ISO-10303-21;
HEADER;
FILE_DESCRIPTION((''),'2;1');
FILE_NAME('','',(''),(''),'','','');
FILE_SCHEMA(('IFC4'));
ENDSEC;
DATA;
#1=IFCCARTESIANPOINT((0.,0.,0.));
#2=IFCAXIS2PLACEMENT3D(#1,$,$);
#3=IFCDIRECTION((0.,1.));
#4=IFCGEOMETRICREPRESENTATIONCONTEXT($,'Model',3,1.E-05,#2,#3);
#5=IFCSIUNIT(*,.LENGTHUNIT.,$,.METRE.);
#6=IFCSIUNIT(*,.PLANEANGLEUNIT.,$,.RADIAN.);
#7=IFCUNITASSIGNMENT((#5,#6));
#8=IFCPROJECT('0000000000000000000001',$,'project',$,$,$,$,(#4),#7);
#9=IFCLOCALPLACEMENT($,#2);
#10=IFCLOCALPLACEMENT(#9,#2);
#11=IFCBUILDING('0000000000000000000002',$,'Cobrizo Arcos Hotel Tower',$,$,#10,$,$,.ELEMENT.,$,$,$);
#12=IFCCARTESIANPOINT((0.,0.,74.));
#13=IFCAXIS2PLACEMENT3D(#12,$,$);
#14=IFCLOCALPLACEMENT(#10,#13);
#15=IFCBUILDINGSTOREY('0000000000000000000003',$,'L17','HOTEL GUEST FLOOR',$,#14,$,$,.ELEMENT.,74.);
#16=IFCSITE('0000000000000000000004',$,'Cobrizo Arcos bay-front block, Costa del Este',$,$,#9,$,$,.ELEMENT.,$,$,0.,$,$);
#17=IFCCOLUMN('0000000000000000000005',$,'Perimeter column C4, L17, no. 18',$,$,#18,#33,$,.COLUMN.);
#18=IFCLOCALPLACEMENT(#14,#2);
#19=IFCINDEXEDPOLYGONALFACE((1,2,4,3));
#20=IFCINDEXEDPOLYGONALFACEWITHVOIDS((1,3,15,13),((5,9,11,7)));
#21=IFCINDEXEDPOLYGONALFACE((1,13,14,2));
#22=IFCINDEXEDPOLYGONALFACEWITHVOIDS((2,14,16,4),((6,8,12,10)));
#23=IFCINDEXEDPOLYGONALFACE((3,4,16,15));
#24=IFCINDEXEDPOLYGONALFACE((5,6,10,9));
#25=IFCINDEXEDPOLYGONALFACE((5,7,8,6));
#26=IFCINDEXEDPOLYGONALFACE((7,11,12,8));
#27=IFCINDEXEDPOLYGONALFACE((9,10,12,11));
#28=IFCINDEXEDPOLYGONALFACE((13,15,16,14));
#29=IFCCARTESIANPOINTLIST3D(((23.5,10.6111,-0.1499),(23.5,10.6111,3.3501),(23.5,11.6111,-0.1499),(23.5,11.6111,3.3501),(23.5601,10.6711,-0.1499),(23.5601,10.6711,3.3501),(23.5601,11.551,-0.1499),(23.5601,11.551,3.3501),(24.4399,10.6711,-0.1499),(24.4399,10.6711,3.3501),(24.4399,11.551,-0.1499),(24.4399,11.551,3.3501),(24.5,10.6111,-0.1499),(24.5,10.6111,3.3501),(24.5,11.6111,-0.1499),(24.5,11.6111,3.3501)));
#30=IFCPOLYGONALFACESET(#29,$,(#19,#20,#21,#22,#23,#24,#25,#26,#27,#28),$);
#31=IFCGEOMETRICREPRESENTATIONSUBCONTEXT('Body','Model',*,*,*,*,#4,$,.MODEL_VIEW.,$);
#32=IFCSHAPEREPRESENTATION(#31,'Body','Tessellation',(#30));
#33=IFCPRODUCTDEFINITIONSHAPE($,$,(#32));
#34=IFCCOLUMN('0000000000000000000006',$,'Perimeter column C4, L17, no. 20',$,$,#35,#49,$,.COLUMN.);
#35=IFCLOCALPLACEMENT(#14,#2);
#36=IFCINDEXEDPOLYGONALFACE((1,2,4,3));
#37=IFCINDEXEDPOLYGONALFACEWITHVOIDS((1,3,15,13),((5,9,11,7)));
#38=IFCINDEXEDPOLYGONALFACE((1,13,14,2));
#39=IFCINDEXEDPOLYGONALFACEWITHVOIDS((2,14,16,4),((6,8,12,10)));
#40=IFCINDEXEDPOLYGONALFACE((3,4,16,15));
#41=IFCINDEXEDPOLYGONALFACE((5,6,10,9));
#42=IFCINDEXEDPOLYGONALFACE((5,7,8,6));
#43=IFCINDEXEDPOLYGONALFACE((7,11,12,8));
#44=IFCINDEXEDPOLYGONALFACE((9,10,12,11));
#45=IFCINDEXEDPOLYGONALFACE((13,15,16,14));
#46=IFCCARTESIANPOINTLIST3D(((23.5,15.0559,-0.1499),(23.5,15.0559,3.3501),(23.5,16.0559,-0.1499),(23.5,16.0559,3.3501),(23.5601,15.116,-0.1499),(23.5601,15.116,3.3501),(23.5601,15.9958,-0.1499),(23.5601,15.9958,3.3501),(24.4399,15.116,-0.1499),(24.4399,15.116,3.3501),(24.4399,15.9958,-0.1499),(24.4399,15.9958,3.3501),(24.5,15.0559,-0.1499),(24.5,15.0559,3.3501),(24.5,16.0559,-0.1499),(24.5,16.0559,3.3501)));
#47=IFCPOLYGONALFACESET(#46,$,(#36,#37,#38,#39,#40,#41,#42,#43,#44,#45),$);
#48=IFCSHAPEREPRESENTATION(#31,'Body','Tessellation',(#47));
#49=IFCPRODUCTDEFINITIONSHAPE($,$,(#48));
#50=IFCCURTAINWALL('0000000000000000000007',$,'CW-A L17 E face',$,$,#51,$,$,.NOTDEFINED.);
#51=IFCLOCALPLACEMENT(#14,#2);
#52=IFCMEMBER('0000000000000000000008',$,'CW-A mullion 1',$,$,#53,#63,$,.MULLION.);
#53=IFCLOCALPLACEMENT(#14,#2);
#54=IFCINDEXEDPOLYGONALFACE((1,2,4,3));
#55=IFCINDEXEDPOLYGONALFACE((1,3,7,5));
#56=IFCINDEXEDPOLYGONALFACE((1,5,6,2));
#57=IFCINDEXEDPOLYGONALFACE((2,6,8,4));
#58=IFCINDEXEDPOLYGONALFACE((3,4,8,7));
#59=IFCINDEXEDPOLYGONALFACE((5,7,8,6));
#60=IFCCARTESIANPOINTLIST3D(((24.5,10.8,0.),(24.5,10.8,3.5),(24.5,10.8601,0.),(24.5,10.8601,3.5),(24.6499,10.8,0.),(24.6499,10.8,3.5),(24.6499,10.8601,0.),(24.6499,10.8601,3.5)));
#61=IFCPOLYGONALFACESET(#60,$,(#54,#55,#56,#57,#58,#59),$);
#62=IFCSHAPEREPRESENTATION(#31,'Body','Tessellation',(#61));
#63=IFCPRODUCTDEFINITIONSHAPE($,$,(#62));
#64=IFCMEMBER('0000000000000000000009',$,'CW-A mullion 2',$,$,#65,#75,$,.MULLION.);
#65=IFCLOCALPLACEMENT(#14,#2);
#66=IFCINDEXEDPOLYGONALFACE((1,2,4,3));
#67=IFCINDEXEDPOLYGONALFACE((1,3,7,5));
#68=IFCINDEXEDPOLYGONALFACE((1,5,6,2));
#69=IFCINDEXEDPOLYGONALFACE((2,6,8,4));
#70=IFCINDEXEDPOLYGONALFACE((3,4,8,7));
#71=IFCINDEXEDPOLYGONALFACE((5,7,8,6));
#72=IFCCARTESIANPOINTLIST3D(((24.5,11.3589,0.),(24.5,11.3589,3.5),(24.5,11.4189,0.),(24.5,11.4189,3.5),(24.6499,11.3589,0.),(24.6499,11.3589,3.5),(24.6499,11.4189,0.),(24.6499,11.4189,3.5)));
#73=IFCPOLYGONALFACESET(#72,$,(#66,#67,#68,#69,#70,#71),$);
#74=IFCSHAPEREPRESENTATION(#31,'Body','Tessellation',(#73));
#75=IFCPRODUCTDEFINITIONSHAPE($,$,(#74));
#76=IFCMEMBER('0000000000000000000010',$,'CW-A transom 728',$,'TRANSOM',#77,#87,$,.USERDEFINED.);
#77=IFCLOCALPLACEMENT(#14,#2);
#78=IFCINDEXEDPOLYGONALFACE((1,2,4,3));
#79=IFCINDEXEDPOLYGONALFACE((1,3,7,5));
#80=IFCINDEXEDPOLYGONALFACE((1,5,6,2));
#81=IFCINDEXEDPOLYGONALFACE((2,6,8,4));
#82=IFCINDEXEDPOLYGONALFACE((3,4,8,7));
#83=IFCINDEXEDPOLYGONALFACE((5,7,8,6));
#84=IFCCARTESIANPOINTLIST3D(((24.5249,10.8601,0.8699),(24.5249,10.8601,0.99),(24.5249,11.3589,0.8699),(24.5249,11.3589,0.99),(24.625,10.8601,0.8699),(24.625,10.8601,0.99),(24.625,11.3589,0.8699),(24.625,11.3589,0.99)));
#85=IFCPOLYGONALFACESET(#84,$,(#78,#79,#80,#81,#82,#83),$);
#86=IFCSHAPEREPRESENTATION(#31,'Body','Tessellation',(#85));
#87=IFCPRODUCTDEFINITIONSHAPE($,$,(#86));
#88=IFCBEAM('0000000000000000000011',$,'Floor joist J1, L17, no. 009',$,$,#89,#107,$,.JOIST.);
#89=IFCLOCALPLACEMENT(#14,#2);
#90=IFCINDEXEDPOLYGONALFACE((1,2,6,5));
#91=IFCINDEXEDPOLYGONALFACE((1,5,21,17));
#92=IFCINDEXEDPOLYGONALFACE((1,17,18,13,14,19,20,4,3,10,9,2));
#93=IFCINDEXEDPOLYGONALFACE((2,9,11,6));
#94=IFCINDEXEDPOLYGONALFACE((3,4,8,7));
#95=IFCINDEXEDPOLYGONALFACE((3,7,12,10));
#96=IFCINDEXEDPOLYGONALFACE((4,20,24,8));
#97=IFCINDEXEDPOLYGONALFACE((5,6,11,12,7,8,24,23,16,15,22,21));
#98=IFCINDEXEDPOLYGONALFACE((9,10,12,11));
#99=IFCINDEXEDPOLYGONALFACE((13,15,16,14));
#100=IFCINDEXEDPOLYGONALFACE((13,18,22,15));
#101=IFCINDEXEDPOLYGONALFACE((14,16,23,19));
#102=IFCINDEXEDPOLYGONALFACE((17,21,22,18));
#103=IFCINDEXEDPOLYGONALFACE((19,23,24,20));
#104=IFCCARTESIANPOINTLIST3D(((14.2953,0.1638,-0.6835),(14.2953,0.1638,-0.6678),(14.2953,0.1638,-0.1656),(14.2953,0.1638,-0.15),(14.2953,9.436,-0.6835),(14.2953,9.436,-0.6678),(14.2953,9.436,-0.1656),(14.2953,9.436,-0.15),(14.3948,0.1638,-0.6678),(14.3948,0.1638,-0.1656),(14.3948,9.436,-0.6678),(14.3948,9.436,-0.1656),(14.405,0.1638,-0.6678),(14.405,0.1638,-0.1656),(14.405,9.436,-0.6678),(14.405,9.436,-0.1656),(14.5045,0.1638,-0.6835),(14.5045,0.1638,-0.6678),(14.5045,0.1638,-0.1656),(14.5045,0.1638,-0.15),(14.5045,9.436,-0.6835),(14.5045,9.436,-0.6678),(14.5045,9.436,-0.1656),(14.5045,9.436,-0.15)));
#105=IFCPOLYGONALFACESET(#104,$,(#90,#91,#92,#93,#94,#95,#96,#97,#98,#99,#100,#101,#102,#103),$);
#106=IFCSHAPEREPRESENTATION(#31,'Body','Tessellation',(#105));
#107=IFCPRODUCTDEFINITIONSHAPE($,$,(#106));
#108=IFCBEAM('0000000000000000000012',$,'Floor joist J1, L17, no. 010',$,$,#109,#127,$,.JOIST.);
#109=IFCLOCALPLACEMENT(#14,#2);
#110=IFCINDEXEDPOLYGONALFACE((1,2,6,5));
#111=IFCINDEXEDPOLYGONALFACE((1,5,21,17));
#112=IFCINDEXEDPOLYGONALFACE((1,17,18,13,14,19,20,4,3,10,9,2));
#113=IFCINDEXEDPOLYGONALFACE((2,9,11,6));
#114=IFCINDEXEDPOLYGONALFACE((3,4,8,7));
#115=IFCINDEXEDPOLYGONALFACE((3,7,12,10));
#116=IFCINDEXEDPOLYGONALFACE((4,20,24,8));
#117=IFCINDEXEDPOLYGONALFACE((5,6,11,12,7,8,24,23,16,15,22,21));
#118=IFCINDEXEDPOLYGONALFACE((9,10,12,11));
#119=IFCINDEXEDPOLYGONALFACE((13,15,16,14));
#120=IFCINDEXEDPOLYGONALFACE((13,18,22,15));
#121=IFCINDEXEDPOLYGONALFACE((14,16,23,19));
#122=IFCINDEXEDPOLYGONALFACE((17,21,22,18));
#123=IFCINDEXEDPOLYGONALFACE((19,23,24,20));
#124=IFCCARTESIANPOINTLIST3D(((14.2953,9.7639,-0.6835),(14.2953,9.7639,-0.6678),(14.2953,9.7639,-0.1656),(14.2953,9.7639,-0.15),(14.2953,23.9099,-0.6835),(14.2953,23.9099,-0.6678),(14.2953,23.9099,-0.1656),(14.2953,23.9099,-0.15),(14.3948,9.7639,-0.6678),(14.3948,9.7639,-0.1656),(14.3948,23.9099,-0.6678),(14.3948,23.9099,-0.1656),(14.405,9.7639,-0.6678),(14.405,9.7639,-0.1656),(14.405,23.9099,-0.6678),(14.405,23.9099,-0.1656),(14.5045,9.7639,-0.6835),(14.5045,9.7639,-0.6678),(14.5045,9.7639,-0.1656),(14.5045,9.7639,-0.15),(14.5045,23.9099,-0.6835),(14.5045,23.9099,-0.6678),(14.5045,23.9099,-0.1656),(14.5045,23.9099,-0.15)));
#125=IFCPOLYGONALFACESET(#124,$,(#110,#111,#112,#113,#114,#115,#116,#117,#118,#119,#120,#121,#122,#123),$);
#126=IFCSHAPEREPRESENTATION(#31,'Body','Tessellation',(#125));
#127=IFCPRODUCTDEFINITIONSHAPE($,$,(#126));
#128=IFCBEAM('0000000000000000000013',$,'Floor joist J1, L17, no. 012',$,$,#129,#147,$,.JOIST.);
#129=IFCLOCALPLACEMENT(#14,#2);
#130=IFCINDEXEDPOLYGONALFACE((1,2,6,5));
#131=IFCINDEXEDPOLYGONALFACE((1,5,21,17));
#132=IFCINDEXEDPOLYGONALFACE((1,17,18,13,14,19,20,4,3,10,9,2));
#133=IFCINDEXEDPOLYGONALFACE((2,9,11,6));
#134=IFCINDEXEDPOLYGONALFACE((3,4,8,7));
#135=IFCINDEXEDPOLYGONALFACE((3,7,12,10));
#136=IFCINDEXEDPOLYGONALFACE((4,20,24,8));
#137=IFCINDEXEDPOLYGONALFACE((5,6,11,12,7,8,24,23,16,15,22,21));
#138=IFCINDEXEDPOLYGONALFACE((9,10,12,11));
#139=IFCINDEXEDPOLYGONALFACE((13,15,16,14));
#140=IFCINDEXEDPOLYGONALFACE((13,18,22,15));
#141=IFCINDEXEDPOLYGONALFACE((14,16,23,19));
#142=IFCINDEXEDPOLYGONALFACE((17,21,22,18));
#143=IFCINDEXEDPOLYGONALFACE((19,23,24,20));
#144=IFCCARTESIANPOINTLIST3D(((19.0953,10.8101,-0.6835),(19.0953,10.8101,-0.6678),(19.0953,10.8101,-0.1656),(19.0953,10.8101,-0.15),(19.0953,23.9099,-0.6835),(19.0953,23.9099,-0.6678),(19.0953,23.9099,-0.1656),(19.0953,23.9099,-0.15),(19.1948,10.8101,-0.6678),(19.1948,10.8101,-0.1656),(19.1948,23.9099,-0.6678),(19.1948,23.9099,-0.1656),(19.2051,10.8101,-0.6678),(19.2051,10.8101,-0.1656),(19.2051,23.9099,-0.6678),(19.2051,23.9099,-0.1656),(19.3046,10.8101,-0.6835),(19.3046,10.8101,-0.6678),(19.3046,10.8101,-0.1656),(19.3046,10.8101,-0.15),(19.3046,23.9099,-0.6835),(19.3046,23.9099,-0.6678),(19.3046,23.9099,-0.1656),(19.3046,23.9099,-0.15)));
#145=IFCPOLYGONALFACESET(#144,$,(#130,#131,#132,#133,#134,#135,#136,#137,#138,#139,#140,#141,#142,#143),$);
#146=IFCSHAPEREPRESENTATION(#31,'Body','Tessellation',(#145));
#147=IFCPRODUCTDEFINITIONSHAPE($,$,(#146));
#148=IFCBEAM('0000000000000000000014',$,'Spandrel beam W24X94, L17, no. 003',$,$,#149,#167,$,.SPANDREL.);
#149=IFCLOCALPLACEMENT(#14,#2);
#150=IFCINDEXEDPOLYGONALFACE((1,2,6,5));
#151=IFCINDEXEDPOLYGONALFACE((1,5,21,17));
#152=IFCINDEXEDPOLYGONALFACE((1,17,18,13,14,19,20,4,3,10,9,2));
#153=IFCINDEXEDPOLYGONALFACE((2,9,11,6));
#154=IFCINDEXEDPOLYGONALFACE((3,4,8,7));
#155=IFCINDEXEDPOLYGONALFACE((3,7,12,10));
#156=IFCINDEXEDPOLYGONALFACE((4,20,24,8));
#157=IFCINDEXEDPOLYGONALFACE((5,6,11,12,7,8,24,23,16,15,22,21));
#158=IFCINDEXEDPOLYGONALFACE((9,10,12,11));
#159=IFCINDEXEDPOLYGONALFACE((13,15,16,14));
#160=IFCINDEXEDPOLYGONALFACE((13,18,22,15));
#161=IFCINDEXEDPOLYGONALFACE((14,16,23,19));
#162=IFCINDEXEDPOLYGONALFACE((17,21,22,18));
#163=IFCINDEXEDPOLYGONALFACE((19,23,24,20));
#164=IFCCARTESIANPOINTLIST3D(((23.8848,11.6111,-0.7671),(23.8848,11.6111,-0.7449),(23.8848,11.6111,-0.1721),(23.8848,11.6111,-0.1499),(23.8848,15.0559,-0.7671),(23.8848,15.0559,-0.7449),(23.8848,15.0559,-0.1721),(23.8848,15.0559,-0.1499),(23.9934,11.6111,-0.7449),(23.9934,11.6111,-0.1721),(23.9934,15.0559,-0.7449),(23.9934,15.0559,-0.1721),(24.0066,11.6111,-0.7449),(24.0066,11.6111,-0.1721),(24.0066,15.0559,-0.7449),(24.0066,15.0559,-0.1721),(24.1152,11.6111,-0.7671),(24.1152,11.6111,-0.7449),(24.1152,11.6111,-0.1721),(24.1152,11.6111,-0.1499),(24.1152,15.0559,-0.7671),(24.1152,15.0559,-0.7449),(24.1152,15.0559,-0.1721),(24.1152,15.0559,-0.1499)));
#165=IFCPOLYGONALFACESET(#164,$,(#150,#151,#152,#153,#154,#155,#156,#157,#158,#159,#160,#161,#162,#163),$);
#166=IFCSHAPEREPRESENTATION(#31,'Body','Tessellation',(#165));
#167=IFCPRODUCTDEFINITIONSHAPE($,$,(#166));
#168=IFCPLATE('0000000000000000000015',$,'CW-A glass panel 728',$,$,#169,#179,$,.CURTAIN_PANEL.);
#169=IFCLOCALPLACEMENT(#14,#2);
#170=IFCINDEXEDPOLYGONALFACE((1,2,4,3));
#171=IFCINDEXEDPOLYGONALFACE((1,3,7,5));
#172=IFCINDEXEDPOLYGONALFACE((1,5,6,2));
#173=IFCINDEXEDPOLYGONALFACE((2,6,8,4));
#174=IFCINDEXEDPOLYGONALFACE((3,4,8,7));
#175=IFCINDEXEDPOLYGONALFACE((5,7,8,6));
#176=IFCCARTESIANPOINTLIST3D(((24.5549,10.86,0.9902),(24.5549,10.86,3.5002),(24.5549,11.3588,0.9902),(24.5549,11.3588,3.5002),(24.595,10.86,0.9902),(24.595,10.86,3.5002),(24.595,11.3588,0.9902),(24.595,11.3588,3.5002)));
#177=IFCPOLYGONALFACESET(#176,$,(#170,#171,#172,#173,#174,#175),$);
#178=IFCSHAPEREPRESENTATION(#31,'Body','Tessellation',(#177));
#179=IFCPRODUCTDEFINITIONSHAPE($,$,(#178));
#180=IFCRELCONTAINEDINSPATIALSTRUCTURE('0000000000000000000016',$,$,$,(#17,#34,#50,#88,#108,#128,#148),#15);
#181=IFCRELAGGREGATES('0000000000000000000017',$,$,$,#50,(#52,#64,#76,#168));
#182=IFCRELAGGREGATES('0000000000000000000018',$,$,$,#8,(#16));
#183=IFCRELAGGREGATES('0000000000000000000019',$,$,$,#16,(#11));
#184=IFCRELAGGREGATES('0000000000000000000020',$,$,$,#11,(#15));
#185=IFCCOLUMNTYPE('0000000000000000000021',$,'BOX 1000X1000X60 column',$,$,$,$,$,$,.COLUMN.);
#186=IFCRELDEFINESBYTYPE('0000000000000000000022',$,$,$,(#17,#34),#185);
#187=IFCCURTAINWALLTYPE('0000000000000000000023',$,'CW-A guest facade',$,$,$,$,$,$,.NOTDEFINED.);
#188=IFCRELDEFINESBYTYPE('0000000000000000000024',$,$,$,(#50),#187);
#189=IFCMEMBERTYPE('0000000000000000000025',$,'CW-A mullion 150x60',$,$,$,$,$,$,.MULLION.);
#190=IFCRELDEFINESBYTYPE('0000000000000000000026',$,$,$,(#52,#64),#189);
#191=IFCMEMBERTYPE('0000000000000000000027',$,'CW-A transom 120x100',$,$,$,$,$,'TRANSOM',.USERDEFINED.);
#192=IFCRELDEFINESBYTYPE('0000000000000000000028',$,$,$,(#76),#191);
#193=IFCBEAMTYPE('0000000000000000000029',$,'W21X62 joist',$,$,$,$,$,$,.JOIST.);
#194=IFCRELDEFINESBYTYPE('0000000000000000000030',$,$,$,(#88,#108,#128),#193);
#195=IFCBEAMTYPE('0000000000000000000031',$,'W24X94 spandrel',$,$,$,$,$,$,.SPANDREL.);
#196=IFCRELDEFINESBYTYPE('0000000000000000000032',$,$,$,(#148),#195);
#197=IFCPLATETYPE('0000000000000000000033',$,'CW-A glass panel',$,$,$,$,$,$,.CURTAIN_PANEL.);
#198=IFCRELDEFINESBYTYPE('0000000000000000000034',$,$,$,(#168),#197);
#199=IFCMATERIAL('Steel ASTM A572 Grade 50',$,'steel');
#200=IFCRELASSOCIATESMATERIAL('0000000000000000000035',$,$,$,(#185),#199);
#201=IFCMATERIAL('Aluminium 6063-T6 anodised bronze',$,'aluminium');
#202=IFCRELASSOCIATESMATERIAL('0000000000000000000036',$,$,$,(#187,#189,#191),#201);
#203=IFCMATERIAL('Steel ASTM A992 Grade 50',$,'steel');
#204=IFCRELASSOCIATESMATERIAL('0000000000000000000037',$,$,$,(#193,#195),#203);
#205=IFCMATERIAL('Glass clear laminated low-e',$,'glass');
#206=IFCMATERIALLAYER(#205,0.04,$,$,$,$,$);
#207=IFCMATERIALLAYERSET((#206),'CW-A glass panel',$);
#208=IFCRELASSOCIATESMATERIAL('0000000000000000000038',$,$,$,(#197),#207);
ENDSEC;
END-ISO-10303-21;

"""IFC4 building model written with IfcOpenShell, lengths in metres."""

from ifc_helpers import new_model, si_unit, direction, frame, origin, origin_2d, place, context, subcontext, project, spatial, rectangle, hollow_rectangle, i_section, extrude, material, layer, layer_set, material_profile, profile_set, type_object, element, aggregate, save


model = new_model("IFC4")

# Units and contexts
model_context = context("Model", 3, precision=1e-05, world=origin(), true_north=direction((0.0, 1.0)))
body_context = subcontext(model_context, "Body", "Model", "MODEL_VIEW")
ifc_project = project(units=[si_unit("LENGTHUNIT", "METRE"), si_unit("PLANEANGLEUNIT", "RADIAN")], contexts=[model_context])

# Site, building, storey
site_placement = place(None, origin())
site = spatial("IfcSite", under=ifc_project, at=site_placement, Name="Cobrizo Arcos bay-front block, Costa del Este", CompositionType="ELEMENT", RefElevation=0.0)
building_placement = place(site_placement, origin())
building = spatial("IfcBuilding", under=site, at=building_placement, Name="Cobrizo Arcos Hotel Tower", CompositionType="ELEMENT")
storey_placement = place(building_placement, frame((0.0, 0.0, 74.0)))
storey = spatial("IfcBuildingStorey", under=building, at=storey_placement, Name="L17", Description="HOTEL GUEST FLOOR", CompositionType="ELEMENT", Elevation=74.0)

# Columns
ifc_material_1 = material(Name="Steel ASTM A572 Grade 50", Category="steel")
ifc_material_profile_1 = material_profile(ifc_material_1, hollow_rectangle(XDim=1.0, YDim=1.0, WallThickness=0.0601, at=origin_2d()), Name="BOX 1000X1000X60")
ifc_profile_set_1 = profile_set([ifc_material_profile_1], Name="Steel ASTM A572 Grade 50")
column_type = type_object("IfcColumnType", Name="BOX 1000X1000X60 column", PredefinedType="COLUMN", material=ifc_profile_set_1)
for number, where, z_axis, x_axis, name in (
    (1, (24.0, 11.1111, -0.1499), (0.0, 0.0, 1.0), (1.0, 0.0, 0.0), "Perimeter column C4, L17, no. 18"),
    (2, (24.0, 15.5559, -0.1499), (0.0, 0.0, 1.0), (1.0, 0.0, 0.0), "Perimeter column C4, L17, no. 20"),
):
    element("IfcColumn", number, at=place(storey_placement, frame(where, z_axis=z_axis, x_axis=x_axis)), inside=storey, type_object=column_type, Name=name, PredefinedType="COLUMN", context=body_context, shape_type="SweptSolid", body=[
        extrude(hollow_rectangle(XDim=1.0, YDim=1.0, WallThickness=0.0601, at=origin_2d()), origin(), (0.0, 0.0, 1.0), 3.5),
    ])

# Curtain wall, members
ifc_material_2 = material(Name="Aluminium 6063-T6 anodised bronze", Category="aluminium")
curtain_wall_type = type_object("IfcCurtainWallType", Name="CW-A guest facade", PredefinedType="NOTDEFINED", material=ifc_material_2)
curtain_wall_placement = place(storey_placement, origin())
curtain_wall = element("IfcCurtainWall", 3, at=curtain_wall_placement, inside=storey, type_object=curtain_wall_type, Name="CW-A L17 E face", PredefinedType="NOTDEFINED")
ifc_material_profile_2 = material_profile(ifc_material_2, rectangle(XDim=0.1499, YDim=0.0601, at=origin_2d()), Name="CW-A mullion 150x60")
ifc_profile_set_2 = profile_set([ifc_material_profile_2], Name="Aluminium 6063-T6 anodised bronze")
member_type_1 = type_object("IfcMemberType", Name="CW-A mullion 150x60", PredefinedType="MULLION", material=ifc_profile_set_2)
member_1_placement = place(storey_placement, frame((24.575, 10.8301, 0.0), z_axis=(0.0, 0.0, 1.0), x_axis=(1.0, 0.0, 0.0)))
member_1 = element("IfcMember", 4, at=member_1_placement, type_object=member_type_1, Name="CW-A mullion 1", PredefinedType="MULLION", context=body_context, shape_type="SweptSolid", body=[
    extrude(rectangle(XDim=0.1499, YDim=0.0601, at=origin_2d()), origin(), (0.0, 0.0, 1.0), 3.5),
])
member_2_placement = place(storey_placement, frame((24.575, 11.3889, 0.0), z_axis=(0.0, 0.0, 1.0), x_axis=(1.0, 0.0, 0.0)))
member_2 = element("IfcMember", 5, at=member_2_placement, type_object=member_type_1, Name="CW-A mullion 2", PredefinedType="MULLION", context=body_context, shape_type="SweptSolid", body=[
    extrude(rectangle(XDim=0.1499, YDim=0.0601, at=origin_2d()), origin(), (0.0, 0.0, 1.0), 3.5),
])
ifc_material_profile_3 = material_profile(ifc_material_2, rectangle(XDim=0.1001, YDim=0.1201, at=origin_2d()), Name="CW-A transom 120x100")
ifc_profile_set_3 = profile_set([ifc_material_profile_3], Name="Aluminium 6063-T6 anodised bronze")
member_type_2 = type_object("IfcMemberType", Name="CW-A transom 120x100", ElementType="TRANSOM", PredefinedType="USERDEFINED", material=ifc_profile_set_3)
member_3_placement = place(storey_placement, frame((24.575, 10.8601, 0.9299), z_axis=(0.0, 1.0, 0.0), x_axis=(-1.0, 0.0, 0.0)))
member_3 = element("IfcMember", 6, at=member_3_placement, type_object=member_type_2, Name="CW-A transom 728", ObjectType="TRANSOM", PredefinedType="USERDEFINED", context=body_context, shape_type="SweptSolid", body=[
    extrude(rectangle(XDim=0.1001, YDim=0.1201, at=origin_2d()), origin(), (0.0, 0.0, 1.0), 0.4988),
])

# Beams
ifc_material_3 = material(Name="Steel ASTM A992 Grade 50", Category="steel")
ifc_material_profile_4 = material_profile(ifc_material_3, i_section(OverallWidth=0.2092, OverallDepth=0.5334, WebThickness=0.0103, FlangeThickness=0.0156, at=origin_2d()), Name="W21X62")
ifc_profile_set_4 = profile_set([ifc_material_profile_4], Name="Steel ASTM A992 Grade 50")
beam_type_1 = type_object("IfcBeamType", Name="W21X62 joist", PredefinedType="JOIST", material=ifc_profile_set_4)
beam_1_placement = place(storey_placement, frame((14.3999, 0.1638, -0.4167), z_axis=(0.0, 1.0, 0.0), x_axis=(-1.0, 0.0, 0.0)))
element("IfcBeam", 7, at=beam_1_placement, inside=storey, type_object=beam_type_1, Name="Floor joist J1, L17, no. 009", PredefinedType="JOIST", context=body_context, shape_type="SweptSolid", body=[
    extrude(i_section(OverallWidth=0.2092, OverallDepth=0.5334, WebThickness=0.0103, FlangeThickness=0.0156, at=origin_2d()), origin(), (0.0, 0.0, 1.0), 9.2722),
])
beam_2_placement = place(storey_placement, frame((14.3999, 9.7639, -0.4167), z_axis=(0.0, 1.0, 0.0), x_axis=(-1.0, 0.0, 0.0)))
element("IfcBeam", 8, at=beam_2_placement, inside=storey, type_object=beam_type_1, Name="Floor joist J1, L17, no. 010", PredefinedType="JOIST", context=body_context, shape_type="SweptSolid", body=[
    extrude(i_section(OverallWidth=0.2092, OverallDepth=0.5334, WebThickness=0.0103, FlangeThickness=0.0156, at=origin_2d()), origin(), (0.0, 0.0, 1.0), 14.146),
])
beam_3_placement = place(storey_placement, frame((19.2, 10.8101, -0.4167), z_axis=(0.0, 1.0, 0.0), x_axis=(-1.0, 0.0, 0.0)))
element("IfcBeam", 9, at=beam_3_placement, inside=storey, type_object=beam_type_1, Name="Floor joist J1, L17, no. 012", PredefinedType="JOIST", context=body_context, shape_type="SweptSolid", body=[
    extrude(i_section(OverallWidth=0.2092, OverallDepth=0.5334, WebThickness=0.0103, FlangeThickness=0.0156, at=origin_2d()), origin(), (0.0, 0.0, 1.0), 13.0999),
])
ifc_material_profile_5 = material_profile(ifc_material_3, i_section(OverallWidth=0.2305, OverallDepth=0.6172, WebThickness=0.0132, FlangeThickness=0.0222, at=origin_2d()), Name="W24X94")
ifc_profile_set_5 = profile_set([ifc_material_profile_5], Name="Steel ASTM A992 Grade 50")
beam_type_2 = type_object("IfcBeamType", Name="W24X94 spandrel", PredefinedType="SPANDREL", material=ifc_profile_set_5)
beam_4_placement = place(storey_placement, frame((24.0, 15.0559, -0.4585), z_axis=(0.0, -1.0, 0.0), x_axis=(1.0, 0.0, 0.0)))
element("IfcBeam", 10, at=beam_4_placement, inside=storey, type_object=beam_type_2, Name="Spandrel beam W24X94, L17, no. 003", PredefinedType="SPANDREL", context=body_context, shape_type="SweptSolid", body=[
    extrude(i_section(OverallWidth=0.2305, OverallDepth=0.6172, WebThickness=0.0132, FlangeThickness=0.0222, at=origin_2d()), origin(), (0.0, 0.0, 1.0), 3.4448),
])

# Plate
ifc_material_4 = material(Name="Glass clear laminated low-e", Category="glass")
ifc_layer_1 = layer(ifc_material_4, 0.04)
ifc_layer_set_1 = layer_set([ifc_layer_1], Name="CW-A glass panel")
plate_type_1 = type_object("IfcPlateType", Name="CW-A glass panel", PredefinedType="CURTAIN_PANEL", material=ifc_layer_set_1)
plate_1_placement = place(storey_placement, frame((24.575, 11.1094, 0.9902), z_axis=(0.0, 0.0, 1.0), x_axis=(0.0, 1.0, 0.0)))
plate_1 = element("IfcPlate", 11, at=plate_1_placement, type_object=plate_type_1, Name="CW-A glass panel 728", PredefinedType="CURTAIN_PANEL", context=body_context, shape_type="SweptSolid", body=[
    extrude(rectangle(XDim=0.4988, YDim=0.04, at=origin_2d()), origin(), (0.0, 0.0, 1.0), 2.51),
])
aggregate(curtain_wall, [member_1, member_2, member_3, plate_1])

save(model, "model.ifc")
